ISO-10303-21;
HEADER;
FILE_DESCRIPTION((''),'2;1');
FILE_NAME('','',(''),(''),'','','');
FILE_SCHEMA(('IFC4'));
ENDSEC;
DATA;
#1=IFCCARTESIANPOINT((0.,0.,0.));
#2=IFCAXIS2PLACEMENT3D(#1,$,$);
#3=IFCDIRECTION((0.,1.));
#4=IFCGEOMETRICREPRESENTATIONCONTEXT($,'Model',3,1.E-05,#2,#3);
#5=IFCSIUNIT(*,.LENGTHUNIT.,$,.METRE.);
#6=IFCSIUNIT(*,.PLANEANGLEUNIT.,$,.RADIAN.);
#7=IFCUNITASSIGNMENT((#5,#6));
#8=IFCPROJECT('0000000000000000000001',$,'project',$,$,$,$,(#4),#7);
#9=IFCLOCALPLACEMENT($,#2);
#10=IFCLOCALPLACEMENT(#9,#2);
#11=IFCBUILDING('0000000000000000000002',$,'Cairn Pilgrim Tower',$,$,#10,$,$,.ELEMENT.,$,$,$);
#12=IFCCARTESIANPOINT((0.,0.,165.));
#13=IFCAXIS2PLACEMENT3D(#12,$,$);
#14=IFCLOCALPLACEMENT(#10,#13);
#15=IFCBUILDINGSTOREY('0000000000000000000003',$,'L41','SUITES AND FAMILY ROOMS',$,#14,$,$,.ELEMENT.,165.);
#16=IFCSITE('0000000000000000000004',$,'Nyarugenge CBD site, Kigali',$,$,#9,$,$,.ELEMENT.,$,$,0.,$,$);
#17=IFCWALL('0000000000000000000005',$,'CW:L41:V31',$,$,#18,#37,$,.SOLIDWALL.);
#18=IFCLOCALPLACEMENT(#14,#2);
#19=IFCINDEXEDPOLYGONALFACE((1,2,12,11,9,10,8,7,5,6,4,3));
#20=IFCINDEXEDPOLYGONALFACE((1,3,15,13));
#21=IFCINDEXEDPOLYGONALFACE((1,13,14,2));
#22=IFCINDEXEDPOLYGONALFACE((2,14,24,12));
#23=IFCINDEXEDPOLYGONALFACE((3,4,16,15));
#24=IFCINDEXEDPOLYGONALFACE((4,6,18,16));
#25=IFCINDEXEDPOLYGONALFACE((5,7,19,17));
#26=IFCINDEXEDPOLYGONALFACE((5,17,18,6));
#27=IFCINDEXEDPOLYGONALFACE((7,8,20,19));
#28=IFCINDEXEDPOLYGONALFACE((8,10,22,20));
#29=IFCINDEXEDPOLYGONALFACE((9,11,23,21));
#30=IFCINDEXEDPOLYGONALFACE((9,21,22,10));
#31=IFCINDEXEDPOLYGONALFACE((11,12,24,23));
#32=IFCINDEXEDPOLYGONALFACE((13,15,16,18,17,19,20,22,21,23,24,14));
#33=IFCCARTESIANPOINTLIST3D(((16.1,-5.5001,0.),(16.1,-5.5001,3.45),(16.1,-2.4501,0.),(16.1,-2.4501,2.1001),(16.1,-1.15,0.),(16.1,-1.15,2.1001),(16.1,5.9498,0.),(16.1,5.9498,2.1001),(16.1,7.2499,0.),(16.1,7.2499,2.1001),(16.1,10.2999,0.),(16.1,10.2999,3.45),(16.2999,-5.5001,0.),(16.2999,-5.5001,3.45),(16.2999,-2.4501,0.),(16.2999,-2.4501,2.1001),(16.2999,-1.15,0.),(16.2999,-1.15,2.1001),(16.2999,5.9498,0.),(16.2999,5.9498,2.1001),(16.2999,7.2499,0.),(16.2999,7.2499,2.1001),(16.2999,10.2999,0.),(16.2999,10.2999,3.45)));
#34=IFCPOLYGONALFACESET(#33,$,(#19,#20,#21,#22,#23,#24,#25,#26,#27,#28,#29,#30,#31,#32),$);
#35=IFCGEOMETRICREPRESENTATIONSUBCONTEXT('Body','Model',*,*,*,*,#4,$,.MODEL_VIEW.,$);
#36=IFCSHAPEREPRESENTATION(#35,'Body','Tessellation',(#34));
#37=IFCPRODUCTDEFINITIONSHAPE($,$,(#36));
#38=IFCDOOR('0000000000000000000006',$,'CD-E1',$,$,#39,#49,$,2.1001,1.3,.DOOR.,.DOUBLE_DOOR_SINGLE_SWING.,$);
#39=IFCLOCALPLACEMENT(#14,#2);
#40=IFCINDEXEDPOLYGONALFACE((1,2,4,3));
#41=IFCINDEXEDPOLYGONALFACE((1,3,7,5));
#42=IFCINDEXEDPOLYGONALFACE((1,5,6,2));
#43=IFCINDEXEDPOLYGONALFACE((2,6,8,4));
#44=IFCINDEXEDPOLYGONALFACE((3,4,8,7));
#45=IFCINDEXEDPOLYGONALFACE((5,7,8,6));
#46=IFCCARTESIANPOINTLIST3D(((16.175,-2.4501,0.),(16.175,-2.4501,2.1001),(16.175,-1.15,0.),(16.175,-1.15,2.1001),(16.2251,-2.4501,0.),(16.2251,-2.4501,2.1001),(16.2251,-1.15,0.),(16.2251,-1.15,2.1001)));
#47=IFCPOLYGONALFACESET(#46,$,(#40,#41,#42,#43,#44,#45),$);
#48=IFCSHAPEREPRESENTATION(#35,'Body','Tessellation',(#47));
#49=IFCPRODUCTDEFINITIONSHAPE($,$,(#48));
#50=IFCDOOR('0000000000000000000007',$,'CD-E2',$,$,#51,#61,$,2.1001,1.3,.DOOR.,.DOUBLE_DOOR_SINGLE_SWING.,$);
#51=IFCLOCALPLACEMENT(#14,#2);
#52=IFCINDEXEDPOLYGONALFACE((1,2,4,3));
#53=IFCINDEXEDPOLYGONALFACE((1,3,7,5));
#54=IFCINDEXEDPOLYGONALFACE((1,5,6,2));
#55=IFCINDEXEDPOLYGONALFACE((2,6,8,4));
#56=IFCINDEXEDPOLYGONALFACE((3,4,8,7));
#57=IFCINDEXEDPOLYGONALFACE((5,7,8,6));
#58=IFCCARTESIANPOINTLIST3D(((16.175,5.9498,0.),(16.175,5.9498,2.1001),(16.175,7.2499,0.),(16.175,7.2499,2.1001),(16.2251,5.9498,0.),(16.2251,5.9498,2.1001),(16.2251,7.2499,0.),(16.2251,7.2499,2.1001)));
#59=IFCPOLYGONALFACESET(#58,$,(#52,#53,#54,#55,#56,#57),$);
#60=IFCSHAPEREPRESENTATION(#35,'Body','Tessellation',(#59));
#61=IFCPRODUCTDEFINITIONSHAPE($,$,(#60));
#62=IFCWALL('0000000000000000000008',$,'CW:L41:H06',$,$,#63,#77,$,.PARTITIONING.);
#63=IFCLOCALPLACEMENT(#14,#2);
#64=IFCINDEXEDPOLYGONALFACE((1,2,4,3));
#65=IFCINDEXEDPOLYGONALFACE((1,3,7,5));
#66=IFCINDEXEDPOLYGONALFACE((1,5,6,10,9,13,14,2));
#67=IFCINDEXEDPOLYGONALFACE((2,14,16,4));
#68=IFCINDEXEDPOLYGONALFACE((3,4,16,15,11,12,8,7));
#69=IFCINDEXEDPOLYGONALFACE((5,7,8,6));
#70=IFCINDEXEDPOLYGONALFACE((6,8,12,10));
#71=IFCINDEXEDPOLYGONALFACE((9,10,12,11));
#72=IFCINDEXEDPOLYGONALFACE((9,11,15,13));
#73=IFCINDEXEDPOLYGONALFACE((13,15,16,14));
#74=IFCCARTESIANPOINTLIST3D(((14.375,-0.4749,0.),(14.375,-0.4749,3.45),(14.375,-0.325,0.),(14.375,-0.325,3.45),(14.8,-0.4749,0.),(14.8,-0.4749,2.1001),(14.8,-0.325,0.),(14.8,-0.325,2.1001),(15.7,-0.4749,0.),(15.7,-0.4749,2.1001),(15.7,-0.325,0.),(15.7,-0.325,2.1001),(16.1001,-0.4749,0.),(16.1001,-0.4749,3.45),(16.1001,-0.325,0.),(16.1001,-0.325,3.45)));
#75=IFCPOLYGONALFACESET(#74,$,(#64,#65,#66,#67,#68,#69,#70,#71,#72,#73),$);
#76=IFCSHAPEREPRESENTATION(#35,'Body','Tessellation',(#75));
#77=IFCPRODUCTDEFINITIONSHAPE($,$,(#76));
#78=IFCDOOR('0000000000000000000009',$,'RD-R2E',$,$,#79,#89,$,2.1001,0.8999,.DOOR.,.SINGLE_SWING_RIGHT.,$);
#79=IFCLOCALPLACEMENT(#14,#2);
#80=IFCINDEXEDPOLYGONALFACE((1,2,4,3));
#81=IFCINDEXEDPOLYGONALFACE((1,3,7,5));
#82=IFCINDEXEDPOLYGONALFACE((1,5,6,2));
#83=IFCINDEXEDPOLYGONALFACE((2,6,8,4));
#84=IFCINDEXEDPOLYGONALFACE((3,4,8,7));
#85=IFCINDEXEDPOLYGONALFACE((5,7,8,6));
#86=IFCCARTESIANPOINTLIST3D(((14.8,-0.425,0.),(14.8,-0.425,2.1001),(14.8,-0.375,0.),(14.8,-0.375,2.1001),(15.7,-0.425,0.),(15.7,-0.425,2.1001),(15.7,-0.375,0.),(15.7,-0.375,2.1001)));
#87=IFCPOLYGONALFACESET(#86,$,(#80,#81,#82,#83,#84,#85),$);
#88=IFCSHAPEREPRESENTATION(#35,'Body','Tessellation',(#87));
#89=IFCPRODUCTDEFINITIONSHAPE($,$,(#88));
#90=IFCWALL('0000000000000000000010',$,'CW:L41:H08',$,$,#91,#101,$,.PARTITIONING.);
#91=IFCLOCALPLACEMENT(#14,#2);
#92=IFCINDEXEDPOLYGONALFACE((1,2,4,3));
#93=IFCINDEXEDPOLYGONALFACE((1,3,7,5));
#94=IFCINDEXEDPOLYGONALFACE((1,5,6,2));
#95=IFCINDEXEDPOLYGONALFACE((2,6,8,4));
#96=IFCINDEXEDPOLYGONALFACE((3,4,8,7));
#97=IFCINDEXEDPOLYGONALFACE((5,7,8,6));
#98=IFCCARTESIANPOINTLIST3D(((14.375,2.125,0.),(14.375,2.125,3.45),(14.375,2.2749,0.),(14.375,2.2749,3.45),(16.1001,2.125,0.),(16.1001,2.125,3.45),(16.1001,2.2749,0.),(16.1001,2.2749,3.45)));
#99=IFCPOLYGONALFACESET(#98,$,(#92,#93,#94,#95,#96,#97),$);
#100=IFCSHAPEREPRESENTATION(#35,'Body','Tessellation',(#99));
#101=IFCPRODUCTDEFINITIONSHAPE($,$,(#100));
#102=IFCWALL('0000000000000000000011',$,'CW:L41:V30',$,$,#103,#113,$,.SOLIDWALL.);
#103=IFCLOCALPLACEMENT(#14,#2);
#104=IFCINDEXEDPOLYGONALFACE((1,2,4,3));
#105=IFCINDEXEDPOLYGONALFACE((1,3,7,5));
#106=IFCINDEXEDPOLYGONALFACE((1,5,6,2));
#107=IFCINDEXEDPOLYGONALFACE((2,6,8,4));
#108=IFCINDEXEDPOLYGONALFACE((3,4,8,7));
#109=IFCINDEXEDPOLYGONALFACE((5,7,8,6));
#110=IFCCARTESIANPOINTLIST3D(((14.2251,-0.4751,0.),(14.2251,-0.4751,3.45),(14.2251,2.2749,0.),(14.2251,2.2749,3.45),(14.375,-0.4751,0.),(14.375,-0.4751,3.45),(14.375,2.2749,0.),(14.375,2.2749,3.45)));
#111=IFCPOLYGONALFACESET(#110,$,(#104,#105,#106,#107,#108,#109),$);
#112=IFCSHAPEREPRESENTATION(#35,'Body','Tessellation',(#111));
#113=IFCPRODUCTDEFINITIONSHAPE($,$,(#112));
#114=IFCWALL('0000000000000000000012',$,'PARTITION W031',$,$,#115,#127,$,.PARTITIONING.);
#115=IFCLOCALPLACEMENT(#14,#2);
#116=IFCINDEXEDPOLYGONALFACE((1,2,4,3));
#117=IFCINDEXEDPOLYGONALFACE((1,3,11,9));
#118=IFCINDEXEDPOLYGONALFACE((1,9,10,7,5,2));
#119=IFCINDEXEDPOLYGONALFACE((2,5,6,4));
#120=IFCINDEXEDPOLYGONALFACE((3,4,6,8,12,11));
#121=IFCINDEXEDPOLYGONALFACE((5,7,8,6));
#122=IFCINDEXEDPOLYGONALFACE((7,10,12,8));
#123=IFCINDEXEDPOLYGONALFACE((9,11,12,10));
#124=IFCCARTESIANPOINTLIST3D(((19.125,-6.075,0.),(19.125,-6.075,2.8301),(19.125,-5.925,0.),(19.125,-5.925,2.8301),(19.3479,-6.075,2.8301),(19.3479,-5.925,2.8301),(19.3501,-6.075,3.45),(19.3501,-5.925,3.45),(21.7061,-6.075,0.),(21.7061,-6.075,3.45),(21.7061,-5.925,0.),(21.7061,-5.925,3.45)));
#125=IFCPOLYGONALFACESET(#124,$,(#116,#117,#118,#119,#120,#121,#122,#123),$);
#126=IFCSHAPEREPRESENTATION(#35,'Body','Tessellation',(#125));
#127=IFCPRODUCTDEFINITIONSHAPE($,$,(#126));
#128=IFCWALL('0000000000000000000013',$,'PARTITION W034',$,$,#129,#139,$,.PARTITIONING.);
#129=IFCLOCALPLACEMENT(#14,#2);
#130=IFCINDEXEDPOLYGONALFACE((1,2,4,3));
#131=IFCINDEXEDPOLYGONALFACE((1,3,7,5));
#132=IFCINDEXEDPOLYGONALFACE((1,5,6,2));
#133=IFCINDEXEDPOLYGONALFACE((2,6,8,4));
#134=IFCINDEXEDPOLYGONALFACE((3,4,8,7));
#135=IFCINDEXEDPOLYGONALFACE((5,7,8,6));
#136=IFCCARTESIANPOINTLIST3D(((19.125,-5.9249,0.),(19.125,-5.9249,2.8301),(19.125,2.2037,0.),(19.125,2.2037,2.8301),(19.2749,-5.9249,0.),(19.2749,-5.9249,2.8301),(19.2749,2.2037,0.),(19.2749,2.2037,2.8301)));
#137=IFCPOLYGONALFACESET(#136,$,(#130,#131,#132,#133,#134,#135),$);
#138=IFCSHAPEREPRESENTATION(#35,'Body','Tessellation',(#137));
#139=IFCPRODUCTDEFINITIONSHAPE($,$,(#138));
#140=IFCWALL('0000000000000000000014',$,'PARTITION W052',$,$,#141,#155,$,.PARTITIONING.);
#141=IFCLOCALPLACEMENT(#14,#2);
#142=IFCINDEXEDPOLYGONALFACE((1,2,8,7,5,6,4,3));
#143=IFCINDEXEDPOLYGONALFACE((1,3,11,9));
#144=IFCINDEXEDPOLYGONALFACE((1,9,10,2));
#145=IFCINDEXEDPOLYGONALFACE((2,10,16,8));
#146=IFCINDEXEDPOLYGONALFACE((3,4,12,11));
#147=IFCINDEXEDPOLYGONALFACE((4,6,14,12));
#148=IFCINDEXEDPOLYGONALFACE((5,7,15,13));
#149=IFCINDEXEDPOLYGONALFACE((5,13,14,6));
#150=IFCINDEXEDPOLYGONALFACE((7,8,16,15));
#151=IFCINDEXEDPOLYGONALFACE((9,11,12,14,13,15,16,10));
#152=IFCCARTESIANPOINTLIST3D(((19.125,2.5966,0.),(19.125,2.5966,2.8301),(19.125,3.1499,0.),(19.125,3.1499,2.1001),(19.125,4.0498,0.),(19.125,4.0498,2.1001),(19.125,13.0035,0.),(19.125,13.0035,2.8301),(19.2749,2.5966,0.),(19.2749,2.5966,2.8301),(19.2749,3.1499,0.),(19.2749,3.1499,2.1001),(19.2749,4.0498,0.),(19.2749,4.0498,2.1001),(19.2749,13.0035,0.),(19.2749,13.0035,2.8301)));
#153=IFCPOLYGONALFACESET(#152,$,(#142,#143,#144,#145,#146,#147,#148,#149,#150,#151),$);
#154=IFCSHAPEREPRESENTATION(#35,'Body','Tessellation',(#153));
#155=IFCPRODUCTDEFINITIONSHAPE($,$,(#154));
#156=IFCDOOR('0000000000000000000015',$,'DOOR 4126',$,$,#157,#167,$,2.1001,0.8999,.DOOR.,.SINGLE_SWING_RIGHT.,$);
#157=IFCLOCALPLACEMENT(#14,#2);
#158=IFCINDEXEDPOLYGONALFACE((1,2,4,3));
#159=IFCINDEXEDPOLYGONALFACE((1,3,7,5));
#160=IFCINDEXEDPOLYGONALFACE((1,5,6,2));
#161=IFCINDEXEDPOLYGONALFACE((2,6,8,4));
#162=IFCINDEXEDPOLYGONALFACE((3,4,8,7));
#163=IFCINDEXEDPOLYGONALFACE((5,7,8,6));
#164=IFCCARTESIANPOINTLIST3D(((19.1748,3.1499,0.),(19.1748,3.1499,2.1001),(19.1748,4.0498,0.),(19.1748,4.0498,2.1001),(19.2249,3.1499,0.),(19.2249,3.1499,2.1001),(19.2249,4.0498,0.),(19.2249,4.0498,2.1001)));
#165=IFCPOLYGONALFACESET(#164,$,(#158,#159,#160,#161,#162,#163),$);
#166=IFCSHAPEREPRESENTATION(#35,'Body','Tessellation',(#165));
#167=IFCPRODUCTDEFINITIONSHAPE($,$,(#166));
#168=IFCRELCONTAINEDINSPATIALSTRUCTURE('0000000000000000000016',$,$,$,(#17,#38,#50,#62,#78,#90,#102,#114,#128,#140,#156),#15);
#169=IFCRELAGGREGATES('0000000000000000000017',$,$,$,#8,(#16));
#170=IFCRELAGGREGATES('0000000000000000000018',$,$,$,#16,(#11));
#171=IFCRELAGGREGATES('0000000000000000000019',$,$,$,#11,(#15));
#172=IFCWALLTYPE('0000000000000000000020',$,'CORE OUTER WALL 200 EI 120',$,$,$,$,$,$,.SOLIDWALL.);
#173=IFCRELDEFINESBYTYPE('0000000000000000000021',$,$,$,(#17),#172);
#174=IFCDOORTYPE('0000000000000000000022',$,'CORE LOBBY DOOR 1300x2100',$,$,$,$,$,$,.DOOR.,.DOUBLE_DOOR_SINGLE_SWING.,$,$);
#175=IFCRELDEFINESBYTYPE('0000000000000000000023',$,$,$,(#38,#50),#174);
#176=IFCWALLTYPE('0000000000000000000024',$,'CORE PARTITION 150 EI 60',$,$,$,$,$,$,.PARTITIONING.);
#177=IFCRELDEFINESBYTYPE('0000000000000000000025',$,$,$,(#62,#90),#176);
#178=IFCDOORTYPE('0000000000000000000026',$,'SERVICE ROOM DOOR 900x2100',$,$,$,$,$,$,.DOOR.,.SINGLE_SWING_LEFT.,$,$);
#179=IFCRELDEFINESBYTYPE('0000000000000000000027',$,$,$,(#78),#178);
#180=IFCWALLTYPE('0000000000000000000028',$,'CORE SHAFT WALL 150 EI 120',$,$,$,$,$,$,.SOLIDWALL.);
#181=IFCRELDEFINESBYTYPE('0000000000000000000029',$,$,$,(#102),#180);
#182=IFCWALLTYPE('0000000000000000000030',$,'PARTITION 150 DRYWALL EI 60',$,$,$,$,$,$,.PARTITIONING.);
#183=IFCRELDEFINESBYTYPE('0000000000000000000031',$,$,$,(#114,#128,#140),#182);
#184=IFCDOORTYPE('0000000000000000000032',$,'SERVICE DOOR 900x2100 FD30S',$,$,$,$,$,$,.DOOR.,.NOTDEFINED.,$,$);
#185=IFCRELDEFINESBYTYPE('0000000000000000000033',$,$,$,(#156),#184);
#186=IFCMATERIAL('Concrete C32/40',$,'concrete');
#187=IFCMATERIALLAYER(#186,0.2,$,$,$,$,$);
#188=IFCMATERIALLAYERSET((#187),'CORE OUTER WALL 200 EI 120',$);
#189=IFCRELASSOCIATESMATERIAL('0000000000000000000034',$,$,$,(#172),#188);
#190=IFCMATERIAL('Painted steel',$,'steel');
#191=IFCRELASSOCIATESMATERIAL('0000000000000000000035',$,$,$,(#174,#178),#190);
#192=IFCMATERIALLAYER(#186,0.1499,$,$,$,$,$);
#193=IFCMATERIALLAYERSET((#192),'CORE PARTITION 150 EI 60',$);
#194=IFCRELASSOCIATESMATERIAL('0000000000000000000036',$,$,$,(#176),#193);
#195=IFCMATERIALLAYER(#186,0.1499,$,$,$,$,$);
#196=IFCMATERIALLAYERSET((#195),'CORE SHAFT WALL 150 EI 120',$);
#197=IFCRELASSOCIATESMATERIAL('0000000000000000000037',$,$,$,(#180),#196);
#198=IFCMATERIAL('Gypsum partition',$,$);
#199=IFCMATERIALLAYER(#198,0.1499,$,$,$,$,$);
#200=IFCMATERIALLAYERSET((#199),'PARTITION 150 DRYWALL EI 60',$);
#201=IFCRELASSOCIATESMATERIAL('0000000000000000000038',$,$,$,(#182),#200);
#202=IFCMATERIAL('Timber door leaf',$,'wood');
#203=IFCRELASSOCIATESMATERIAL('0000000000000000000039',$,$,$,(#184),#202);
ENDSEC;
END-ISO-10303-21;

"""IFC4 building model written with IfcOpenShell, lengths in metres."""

from ifc_helpers import new_model, si_unit, direction, frame, frame_2d, origin, place, context, subcontext, project, spatial, polyline, rectangle, outline, extrude, material, layer, layer_set, type_object, element, fill, save


model = new_model("IFC4")

# Units and contexts
model_context = context("Model", 3, precision=1e-05, world=origin(), true_north=direction((0.0, 1.0)))
body_context = subcontext(model_context, "Body", "Model", "MODEL_VIEW")
ifc_project = project(units=[si_unit("LENGTHUNIT", "METRE"), si_unit("PLANEANGLEUNIT", "RADIAN")], contexts=[model_context])

# Site, building, storey
site_placement = place(None, origin())
site = spatial("IfcSite", under=ifc_project, at=site_placement, Name="Nyarugenge CBD site, Kigali", CompositionType="ELEMENT", RefElevation=0.0)
building_placement = place(site_placement, origin())
building = spatial("IfcBuilding", under=site, at=building_placement, Name="Cairn Pilgrim Tower", CompositionType="ELEMENT")
storey_placement = place(building_placement, frame((0.0, 0.0, 165.0)))
storey = spatial("IfcBuildingStorey", under=building, at=storey_placement, Name="L41", Description="SUITES AND FAMILY ROOMS", CompositionType="ELEMENT", Elevation=165.0)

# Wall, openings, doors
ifc_material_1 = material(Name="Concrete C32/40", Category="concrete")
ifc_layer_1 = layer(ifc_material_1, 0.2)
ifc_layer_set_1 = layer_set([ifc_layer_1], Name="CORE OUTER WALL 200 EI 120")
wall_type_1 = type_object("IfcWallType", Name="CORE OUTER WALL 200 EI 120", PredefinedType="SOLIDWALL", material=ifc_layer_set_1)
wall_1_placement = place(storey_placement, frame((16.2, -5.5, 0.0), z_axis=(0.0, 0.0, 1.0), x_axis=(0.0, 1.0, 0.0)))
wall_1 = element("IfcWall", 1, at=wall_1_placement, inside=storey, type_object=wall_type_1, Name="CW:L41:V31", PredefinedType="SOLIDWALL", context=body_context, shape_type="SweptSolid", body=[
    extrude(rectangle(XDim=15.8, YDim=0.2, at=frame_2d((7.8999, 0.0))), origin(), (0.0, 0.0, 1.0), 3.45),
])
opening_1_placement = place(wall_1_placement, frame((3.05, 0.0, 0.0)))
opening_1 = element("IfcOpeningElement", 2, at=opening_1_placement, cuts=wall_1, PredefinedType="OPENING", context=body_context, shape_type="SweptSolid", body=[
    extrude(rectangle(XDim=1.3, YDim=2.1001, at=frame_2d((0.6499, 1.05))), frame((0.0, 0.1099, 0.0), z_axis=(0.0, -1.0, 0.0), x_axis=(1.0, 0.0, 0.0)), (0.0, 0.0, 1.0), 0.22),
])
opening_2_placement = place(wall_1_placement, frame((11.45, 0.0, 0.0)))
opening_2 = element("IfcOpeningElement", 3, at=opening_2_placement, cuts=wall_1, PredefinedType="OPENING", context=body_context, shape_type="SweptSolid", body=[
    extrude(rectangle(XDim=1.3, YDim=2.1001, at=frame_2d((0.6499, 1.05))), frame((0.0, 0.1099, 0.0), z_axis=(0.0, -1.0, 0.0), x_axis=(1.0, 0.0, 0.0)), (0.0, 0.0, 1.0), 0.22),
])
ifc_material_2 = material(Name="Painted steel", Category="steel")
door_type_1 = type_object("IfcDoorType", Name="CORE LOBBY DOOR 1300x2100", OperationType="DOUBLE_DOOR_SINGLE_SWING", PredefinedType="DOOR", material=ifc_material_2)
door_1_placement = place(opening_1_placement, origin())
door_1 = element("IfcDoor", 4, at=door_1_placement, inside=storey, type_object=door_type_1, Name="CD-E1", OperationType="DOUBLE_DOOR_SINGLE_SWING", OverallHeight=2.1001, OverallWidth=1.3, PredefinedType="DOOR", context=body_context, shape_type="SweptSolid", body=[
    extrude(rectangle(XDim=1.3, YDim=2.1001, at=frame_2d((0.6499, 1.05))), frame((0.0, 0.0249, 0.0), z_axis=(0.0, -1.0, 0.0), x_axis=(1.0, 0.0, 0.0)), (0.0, 0.0, 1.0), 0.05),
])
fill(opening_1, door_1)
door_2_placement = place(opening_2_placement, origin())
door_2 = element("IfcDoor", 5, at=door_2_placement, inside=storey, type_object=door_type_1, Name="CD-E2", OperationType="DOUBLE_DOOR_SINGLE_SWING", OverallHeight=2.1001, OverallWidth=1.3, PredefinedType="DOOR", context=body_context, shape_type="SweptSolid", body=[
    extrude(rectangle(XDim=1.3, YDim=2.1001, at=frame_2d((0.6499, 1.05))), frame((0.0, 0.0249, 0.0), z_axis=(0.0, -1.0, 0.0), x_axis=(1.0, 0.0, 0.0)), (0.0, 0.0, 1.0), 0.05),
])
fill(opening_2, door_2)

# Wall, opening, door
ifc_layer_2 = layer(ifc_material_1, 0.1499)
ifc_layer_set_2 = layer_set([ifc_layer_2], Name="CORE PARTITION 150 EI 60")
wall_type_2 = type_object("IfcWallType", Name="CORE PARTITION 150 EI 60", PredefinedType="PARTITIONING", material=ifc_layer_set_2)
wall_2_placement = place(storey_placement, frame((14.375, -0.3999, 0.0), z_axis=(0.0, 0.0, 1.0), x_axis=(1.0, 0.0, 0.0)))
wall_2 = element("IfcWall", 6, at=wall_2_placement, inside=storey, type_object=wall_type_2, Name="CW:L41:H06", PredefinedType="PARTITIONING", context=body_context, shape_type="SweptSolid", body=[
    extrude(rectangle(XDim=1.7251, YDim=0.1499, at=frame_2d((0.8625, 0.0))), origin(), (0.0, 0.0, 1.0), 3.45),
])
opening_3_placement = place(wall_2_placement, frame((0.425, 0.0, 0.0)))
opening_3 = element("IfcOpeningElement", 7, at=opening_3_placement, cuts=wall_2, PredefinedType="OPENING", context=body_context, shape_type="SweptSolid", body=[
    extrude(rectangle(XDim=0.8999, YDim=2.1001, at=frame_2d((0.45, 1.05))), frame((0.0, 0.085, 0.0), z_axis=(0.0, -1.0, 0.0), x_axis=(1.0, 0.0, 0.0)), (0.0, 0.0, 1.0), 0.1699),
])
door_type_2 = type_object("IfcDoorType", Name="SERVICE ROOM DOOR 900x2100", OperationType="SINGLE_SWING_LEFT", PredefinedType="DOOR", material=ifc_material_2)
door_3_placement = place(opening_3_placement, origin())
door_3 = element("IfcDoor", 8, at=door_3_placement, inside=storey, type_object=door_type_2, Name="RD-R2E", OperationType="SINGLE_SWING_RIGHT", OverallHeight=2.1001, OverallWidth=0.8999, PredefinedType="DOOR", context=body_context, shape_type="SweptSolid", body=[
    extrude(rectangle(XDim=0.8999, YDim=2.1001, at=frame_2d((0.45, 1.05))), frame((0.0, 0.0249, 0.0), z_axis=(0.0, -1.0, 0.0), x_axis=(1.0, 0.0, 0.0)), (0.0, 0.0, 1.0), 0.05),
])
fill(opening_3, door_3)

# Walls
wall_3_placement = place(storey_placement, frame((14.375, 2.2, 0.0), z_axis=(0.0, 0.0, 1.0), x_axis=(1.0, 0.0, 0.0)))
element("IfcWall", 9, at=wall_3_placement, inside=storey, type_object=wall_type_2, Name="CW:L41:H08", PredefinedType="PARTITIONING", context=body_context, shape_type="SweptSolid", body=[
    extrude(rectangle(XDim=1.7251, YDim=0.1499, at=frame_2d((0.8625, 0.0))), origin(), (0.0, 0.0, 1.0), 3.45),
])
ifc_layer_3 = layer(ifc_material_1, 0.1499)
ifc_layer_set_3 = layer_set([ifc_layer_3], Name="CORE SHAFT WALL 150 EI 120")
wall_type_3 = type_object("IfcWallType", Name="CORE SHAFT WALL 150 EI 120", PredefinedType="SOLIDWALL", material=ifc_layer_set_3)
wall_4_placement = place(storey_placement, frame((14.3, -0.4751, 0.0), z_axis=(0.0, 0.0, 1.0), x_axis=(0.0, 1.0, 0.0)))
element("IfcWall", 10, at=wall_4_placement, inside=storey, type_object=wall_type_3, Name="CW:L41:V30", PredefinedType="SOLIDWALL", context=body_context, shape_type="SweptSolid", body=[
    extrude(rectangle(XDim=2.75, YDim=0.1499, at=frame_2d((1.375, 0.0))), origin(), (0.0, 0.0, 1.0), 3.45),
])
ifc_material_3 = material(Name="Gypsum partition")
ifc_layer_4 = layer(ifc_material_3, 0.1499)
ifc_layer_set_4 = layer_set([ifc_layer_4], Name="PARTITION 150 DRYWALL EI 60")
wall_type_4 = type_object("IfcWallType", Name="PARTITION 150 DRYWALL EI 60", PredefinedType="PARTITIONING", material=ifc_layer_set_4)
wall_5_placement = place(storey_placement, frame((19.125, -6.0, 0.0), z_axis=(0.0, 0.0, 1.0), x_axis=(1.0, 0.0, 0.0)))
element("IfcWall", 11, at=wall_5_placement, inside=storey, type_object=wall_type_4, Name="PARTITION W031", PredefinedType="PARTITIONING", context=body_context, shape_type="SweptSolid", body=[
    extrude(outline(polyline([(0.0, 0.0), (2.5811, 0.0), (2.5811, 3.45), (0.2251, 3.45), (0.2229, 2.8301), (0.0, 2.8301), (0.0, 0.0)])), frame((0.0, 0.075, 0.0), z_axis=(0.0, -1.0, 0.0), x_axis=(1.0, 0.0, 0.0)), (0.0, 0.0, 1.0), 0.1499),
])
wall_6_placement = place(storey_placement, frame((19.2, -5.925, 0.0), z_axis=(0.0, 0.0, 1.0), x_axis=(0.0, 1.0, 0.0)))
element("IfcWall", 12, at=wall_6_placement, inside=storey, type_object=wall_type_4, Name="PARTITION W034", PredefinedType="PARTITIONING", context=body_context, shape_type="SweptSolid", body=[
    extrude(rectangle(XDim=8.1287, YDim=0.1499, at=frame_2d((4.0645, 0.0))), origin(), (0.0, 0.0, 1.0), 2.8301),
])

# Wall, opening, door
wall_7_placement = place(storey_placement, frame((19.2, 2.5964, 0.0), z_axis=(0.0, 0.0, 1.0), x_axis=(0.0, 1.0, 0.0)))
wall_7 = element("IfcWall", 13, at=wall_7_placement, inside=storey, type_object=wall_type_4, Name="PARTITION W052", PredefinedType="PARTITIONING", context=body_context, shape_type="SweptSolid", body=[
    extrude(rectangle(XDim=10.407, YDim=0.1499, at=frame_2d((5.2036, 0.0))), origin(), (0.0, 0.0, 1.0), 2.8301),
])
opening_4_placement = place(wall_7_placement, frame((0.5535, 0.0, 0.0)))
opening_4 = element("IfcOpeningElement", 14, at=opening_4_placement, cuts=wall_7, PredefinedType="OPENING", context=body_context, shape_type="SweptSolid", body=[
    extrude(rectangle(XDim=0.8999, YDim=2.1001, at=frame_2d((0.45, 1.05))), frame((0.0, 0.085, 0.0), z_axis=(0.0, -1.0, 0.0), x_axis=(1.0, 0.0, 0.0)), (0.0, 0.0, 1.0), 0.1699),
])
ifc_material_4 = material(Name="Timber door leaf", Category="wood")
door_type_3 = type_object("IfcDoorType", Name="SERVICE DOOR 900x2100 FD30S", OperationType="NOTDEFINED", PredefinedType="DOOR", material=ifc_material_4)
door_4_placement = place(opening_4_placement, frame((0.8999, 0.0, 0.0), z_axis=(0.0, 0.0, 1.0), x_axis=(-1.0, 0.0, 0.0)))
door_4 = element("IfcDoor", 15, at=door_4_placement, inside=storey, type_object=door_type_3, Name="DOOR 4126", OperationType="SINGLE_SWING_RIGHT", OverallHeight=2.1001, OverallWidth=0.8999, PredefinedType="DOOR", context=body_context, shape_type="SweptSolid", body=[
    extrude(rectangle(XDim=0.8999, YDim=2.1001, at=frame_2d((0.45, 1.05))), frame((0.0, 0.0249, 0.0), z_axis=(0.0, -1.0, 0.0), x_axis=(1.0, 0.0, 0.0)), (0.0, 0.0, 1.0), 0.05),
])
fill(opening_4, door_4)

save(model, "model.ifc")
